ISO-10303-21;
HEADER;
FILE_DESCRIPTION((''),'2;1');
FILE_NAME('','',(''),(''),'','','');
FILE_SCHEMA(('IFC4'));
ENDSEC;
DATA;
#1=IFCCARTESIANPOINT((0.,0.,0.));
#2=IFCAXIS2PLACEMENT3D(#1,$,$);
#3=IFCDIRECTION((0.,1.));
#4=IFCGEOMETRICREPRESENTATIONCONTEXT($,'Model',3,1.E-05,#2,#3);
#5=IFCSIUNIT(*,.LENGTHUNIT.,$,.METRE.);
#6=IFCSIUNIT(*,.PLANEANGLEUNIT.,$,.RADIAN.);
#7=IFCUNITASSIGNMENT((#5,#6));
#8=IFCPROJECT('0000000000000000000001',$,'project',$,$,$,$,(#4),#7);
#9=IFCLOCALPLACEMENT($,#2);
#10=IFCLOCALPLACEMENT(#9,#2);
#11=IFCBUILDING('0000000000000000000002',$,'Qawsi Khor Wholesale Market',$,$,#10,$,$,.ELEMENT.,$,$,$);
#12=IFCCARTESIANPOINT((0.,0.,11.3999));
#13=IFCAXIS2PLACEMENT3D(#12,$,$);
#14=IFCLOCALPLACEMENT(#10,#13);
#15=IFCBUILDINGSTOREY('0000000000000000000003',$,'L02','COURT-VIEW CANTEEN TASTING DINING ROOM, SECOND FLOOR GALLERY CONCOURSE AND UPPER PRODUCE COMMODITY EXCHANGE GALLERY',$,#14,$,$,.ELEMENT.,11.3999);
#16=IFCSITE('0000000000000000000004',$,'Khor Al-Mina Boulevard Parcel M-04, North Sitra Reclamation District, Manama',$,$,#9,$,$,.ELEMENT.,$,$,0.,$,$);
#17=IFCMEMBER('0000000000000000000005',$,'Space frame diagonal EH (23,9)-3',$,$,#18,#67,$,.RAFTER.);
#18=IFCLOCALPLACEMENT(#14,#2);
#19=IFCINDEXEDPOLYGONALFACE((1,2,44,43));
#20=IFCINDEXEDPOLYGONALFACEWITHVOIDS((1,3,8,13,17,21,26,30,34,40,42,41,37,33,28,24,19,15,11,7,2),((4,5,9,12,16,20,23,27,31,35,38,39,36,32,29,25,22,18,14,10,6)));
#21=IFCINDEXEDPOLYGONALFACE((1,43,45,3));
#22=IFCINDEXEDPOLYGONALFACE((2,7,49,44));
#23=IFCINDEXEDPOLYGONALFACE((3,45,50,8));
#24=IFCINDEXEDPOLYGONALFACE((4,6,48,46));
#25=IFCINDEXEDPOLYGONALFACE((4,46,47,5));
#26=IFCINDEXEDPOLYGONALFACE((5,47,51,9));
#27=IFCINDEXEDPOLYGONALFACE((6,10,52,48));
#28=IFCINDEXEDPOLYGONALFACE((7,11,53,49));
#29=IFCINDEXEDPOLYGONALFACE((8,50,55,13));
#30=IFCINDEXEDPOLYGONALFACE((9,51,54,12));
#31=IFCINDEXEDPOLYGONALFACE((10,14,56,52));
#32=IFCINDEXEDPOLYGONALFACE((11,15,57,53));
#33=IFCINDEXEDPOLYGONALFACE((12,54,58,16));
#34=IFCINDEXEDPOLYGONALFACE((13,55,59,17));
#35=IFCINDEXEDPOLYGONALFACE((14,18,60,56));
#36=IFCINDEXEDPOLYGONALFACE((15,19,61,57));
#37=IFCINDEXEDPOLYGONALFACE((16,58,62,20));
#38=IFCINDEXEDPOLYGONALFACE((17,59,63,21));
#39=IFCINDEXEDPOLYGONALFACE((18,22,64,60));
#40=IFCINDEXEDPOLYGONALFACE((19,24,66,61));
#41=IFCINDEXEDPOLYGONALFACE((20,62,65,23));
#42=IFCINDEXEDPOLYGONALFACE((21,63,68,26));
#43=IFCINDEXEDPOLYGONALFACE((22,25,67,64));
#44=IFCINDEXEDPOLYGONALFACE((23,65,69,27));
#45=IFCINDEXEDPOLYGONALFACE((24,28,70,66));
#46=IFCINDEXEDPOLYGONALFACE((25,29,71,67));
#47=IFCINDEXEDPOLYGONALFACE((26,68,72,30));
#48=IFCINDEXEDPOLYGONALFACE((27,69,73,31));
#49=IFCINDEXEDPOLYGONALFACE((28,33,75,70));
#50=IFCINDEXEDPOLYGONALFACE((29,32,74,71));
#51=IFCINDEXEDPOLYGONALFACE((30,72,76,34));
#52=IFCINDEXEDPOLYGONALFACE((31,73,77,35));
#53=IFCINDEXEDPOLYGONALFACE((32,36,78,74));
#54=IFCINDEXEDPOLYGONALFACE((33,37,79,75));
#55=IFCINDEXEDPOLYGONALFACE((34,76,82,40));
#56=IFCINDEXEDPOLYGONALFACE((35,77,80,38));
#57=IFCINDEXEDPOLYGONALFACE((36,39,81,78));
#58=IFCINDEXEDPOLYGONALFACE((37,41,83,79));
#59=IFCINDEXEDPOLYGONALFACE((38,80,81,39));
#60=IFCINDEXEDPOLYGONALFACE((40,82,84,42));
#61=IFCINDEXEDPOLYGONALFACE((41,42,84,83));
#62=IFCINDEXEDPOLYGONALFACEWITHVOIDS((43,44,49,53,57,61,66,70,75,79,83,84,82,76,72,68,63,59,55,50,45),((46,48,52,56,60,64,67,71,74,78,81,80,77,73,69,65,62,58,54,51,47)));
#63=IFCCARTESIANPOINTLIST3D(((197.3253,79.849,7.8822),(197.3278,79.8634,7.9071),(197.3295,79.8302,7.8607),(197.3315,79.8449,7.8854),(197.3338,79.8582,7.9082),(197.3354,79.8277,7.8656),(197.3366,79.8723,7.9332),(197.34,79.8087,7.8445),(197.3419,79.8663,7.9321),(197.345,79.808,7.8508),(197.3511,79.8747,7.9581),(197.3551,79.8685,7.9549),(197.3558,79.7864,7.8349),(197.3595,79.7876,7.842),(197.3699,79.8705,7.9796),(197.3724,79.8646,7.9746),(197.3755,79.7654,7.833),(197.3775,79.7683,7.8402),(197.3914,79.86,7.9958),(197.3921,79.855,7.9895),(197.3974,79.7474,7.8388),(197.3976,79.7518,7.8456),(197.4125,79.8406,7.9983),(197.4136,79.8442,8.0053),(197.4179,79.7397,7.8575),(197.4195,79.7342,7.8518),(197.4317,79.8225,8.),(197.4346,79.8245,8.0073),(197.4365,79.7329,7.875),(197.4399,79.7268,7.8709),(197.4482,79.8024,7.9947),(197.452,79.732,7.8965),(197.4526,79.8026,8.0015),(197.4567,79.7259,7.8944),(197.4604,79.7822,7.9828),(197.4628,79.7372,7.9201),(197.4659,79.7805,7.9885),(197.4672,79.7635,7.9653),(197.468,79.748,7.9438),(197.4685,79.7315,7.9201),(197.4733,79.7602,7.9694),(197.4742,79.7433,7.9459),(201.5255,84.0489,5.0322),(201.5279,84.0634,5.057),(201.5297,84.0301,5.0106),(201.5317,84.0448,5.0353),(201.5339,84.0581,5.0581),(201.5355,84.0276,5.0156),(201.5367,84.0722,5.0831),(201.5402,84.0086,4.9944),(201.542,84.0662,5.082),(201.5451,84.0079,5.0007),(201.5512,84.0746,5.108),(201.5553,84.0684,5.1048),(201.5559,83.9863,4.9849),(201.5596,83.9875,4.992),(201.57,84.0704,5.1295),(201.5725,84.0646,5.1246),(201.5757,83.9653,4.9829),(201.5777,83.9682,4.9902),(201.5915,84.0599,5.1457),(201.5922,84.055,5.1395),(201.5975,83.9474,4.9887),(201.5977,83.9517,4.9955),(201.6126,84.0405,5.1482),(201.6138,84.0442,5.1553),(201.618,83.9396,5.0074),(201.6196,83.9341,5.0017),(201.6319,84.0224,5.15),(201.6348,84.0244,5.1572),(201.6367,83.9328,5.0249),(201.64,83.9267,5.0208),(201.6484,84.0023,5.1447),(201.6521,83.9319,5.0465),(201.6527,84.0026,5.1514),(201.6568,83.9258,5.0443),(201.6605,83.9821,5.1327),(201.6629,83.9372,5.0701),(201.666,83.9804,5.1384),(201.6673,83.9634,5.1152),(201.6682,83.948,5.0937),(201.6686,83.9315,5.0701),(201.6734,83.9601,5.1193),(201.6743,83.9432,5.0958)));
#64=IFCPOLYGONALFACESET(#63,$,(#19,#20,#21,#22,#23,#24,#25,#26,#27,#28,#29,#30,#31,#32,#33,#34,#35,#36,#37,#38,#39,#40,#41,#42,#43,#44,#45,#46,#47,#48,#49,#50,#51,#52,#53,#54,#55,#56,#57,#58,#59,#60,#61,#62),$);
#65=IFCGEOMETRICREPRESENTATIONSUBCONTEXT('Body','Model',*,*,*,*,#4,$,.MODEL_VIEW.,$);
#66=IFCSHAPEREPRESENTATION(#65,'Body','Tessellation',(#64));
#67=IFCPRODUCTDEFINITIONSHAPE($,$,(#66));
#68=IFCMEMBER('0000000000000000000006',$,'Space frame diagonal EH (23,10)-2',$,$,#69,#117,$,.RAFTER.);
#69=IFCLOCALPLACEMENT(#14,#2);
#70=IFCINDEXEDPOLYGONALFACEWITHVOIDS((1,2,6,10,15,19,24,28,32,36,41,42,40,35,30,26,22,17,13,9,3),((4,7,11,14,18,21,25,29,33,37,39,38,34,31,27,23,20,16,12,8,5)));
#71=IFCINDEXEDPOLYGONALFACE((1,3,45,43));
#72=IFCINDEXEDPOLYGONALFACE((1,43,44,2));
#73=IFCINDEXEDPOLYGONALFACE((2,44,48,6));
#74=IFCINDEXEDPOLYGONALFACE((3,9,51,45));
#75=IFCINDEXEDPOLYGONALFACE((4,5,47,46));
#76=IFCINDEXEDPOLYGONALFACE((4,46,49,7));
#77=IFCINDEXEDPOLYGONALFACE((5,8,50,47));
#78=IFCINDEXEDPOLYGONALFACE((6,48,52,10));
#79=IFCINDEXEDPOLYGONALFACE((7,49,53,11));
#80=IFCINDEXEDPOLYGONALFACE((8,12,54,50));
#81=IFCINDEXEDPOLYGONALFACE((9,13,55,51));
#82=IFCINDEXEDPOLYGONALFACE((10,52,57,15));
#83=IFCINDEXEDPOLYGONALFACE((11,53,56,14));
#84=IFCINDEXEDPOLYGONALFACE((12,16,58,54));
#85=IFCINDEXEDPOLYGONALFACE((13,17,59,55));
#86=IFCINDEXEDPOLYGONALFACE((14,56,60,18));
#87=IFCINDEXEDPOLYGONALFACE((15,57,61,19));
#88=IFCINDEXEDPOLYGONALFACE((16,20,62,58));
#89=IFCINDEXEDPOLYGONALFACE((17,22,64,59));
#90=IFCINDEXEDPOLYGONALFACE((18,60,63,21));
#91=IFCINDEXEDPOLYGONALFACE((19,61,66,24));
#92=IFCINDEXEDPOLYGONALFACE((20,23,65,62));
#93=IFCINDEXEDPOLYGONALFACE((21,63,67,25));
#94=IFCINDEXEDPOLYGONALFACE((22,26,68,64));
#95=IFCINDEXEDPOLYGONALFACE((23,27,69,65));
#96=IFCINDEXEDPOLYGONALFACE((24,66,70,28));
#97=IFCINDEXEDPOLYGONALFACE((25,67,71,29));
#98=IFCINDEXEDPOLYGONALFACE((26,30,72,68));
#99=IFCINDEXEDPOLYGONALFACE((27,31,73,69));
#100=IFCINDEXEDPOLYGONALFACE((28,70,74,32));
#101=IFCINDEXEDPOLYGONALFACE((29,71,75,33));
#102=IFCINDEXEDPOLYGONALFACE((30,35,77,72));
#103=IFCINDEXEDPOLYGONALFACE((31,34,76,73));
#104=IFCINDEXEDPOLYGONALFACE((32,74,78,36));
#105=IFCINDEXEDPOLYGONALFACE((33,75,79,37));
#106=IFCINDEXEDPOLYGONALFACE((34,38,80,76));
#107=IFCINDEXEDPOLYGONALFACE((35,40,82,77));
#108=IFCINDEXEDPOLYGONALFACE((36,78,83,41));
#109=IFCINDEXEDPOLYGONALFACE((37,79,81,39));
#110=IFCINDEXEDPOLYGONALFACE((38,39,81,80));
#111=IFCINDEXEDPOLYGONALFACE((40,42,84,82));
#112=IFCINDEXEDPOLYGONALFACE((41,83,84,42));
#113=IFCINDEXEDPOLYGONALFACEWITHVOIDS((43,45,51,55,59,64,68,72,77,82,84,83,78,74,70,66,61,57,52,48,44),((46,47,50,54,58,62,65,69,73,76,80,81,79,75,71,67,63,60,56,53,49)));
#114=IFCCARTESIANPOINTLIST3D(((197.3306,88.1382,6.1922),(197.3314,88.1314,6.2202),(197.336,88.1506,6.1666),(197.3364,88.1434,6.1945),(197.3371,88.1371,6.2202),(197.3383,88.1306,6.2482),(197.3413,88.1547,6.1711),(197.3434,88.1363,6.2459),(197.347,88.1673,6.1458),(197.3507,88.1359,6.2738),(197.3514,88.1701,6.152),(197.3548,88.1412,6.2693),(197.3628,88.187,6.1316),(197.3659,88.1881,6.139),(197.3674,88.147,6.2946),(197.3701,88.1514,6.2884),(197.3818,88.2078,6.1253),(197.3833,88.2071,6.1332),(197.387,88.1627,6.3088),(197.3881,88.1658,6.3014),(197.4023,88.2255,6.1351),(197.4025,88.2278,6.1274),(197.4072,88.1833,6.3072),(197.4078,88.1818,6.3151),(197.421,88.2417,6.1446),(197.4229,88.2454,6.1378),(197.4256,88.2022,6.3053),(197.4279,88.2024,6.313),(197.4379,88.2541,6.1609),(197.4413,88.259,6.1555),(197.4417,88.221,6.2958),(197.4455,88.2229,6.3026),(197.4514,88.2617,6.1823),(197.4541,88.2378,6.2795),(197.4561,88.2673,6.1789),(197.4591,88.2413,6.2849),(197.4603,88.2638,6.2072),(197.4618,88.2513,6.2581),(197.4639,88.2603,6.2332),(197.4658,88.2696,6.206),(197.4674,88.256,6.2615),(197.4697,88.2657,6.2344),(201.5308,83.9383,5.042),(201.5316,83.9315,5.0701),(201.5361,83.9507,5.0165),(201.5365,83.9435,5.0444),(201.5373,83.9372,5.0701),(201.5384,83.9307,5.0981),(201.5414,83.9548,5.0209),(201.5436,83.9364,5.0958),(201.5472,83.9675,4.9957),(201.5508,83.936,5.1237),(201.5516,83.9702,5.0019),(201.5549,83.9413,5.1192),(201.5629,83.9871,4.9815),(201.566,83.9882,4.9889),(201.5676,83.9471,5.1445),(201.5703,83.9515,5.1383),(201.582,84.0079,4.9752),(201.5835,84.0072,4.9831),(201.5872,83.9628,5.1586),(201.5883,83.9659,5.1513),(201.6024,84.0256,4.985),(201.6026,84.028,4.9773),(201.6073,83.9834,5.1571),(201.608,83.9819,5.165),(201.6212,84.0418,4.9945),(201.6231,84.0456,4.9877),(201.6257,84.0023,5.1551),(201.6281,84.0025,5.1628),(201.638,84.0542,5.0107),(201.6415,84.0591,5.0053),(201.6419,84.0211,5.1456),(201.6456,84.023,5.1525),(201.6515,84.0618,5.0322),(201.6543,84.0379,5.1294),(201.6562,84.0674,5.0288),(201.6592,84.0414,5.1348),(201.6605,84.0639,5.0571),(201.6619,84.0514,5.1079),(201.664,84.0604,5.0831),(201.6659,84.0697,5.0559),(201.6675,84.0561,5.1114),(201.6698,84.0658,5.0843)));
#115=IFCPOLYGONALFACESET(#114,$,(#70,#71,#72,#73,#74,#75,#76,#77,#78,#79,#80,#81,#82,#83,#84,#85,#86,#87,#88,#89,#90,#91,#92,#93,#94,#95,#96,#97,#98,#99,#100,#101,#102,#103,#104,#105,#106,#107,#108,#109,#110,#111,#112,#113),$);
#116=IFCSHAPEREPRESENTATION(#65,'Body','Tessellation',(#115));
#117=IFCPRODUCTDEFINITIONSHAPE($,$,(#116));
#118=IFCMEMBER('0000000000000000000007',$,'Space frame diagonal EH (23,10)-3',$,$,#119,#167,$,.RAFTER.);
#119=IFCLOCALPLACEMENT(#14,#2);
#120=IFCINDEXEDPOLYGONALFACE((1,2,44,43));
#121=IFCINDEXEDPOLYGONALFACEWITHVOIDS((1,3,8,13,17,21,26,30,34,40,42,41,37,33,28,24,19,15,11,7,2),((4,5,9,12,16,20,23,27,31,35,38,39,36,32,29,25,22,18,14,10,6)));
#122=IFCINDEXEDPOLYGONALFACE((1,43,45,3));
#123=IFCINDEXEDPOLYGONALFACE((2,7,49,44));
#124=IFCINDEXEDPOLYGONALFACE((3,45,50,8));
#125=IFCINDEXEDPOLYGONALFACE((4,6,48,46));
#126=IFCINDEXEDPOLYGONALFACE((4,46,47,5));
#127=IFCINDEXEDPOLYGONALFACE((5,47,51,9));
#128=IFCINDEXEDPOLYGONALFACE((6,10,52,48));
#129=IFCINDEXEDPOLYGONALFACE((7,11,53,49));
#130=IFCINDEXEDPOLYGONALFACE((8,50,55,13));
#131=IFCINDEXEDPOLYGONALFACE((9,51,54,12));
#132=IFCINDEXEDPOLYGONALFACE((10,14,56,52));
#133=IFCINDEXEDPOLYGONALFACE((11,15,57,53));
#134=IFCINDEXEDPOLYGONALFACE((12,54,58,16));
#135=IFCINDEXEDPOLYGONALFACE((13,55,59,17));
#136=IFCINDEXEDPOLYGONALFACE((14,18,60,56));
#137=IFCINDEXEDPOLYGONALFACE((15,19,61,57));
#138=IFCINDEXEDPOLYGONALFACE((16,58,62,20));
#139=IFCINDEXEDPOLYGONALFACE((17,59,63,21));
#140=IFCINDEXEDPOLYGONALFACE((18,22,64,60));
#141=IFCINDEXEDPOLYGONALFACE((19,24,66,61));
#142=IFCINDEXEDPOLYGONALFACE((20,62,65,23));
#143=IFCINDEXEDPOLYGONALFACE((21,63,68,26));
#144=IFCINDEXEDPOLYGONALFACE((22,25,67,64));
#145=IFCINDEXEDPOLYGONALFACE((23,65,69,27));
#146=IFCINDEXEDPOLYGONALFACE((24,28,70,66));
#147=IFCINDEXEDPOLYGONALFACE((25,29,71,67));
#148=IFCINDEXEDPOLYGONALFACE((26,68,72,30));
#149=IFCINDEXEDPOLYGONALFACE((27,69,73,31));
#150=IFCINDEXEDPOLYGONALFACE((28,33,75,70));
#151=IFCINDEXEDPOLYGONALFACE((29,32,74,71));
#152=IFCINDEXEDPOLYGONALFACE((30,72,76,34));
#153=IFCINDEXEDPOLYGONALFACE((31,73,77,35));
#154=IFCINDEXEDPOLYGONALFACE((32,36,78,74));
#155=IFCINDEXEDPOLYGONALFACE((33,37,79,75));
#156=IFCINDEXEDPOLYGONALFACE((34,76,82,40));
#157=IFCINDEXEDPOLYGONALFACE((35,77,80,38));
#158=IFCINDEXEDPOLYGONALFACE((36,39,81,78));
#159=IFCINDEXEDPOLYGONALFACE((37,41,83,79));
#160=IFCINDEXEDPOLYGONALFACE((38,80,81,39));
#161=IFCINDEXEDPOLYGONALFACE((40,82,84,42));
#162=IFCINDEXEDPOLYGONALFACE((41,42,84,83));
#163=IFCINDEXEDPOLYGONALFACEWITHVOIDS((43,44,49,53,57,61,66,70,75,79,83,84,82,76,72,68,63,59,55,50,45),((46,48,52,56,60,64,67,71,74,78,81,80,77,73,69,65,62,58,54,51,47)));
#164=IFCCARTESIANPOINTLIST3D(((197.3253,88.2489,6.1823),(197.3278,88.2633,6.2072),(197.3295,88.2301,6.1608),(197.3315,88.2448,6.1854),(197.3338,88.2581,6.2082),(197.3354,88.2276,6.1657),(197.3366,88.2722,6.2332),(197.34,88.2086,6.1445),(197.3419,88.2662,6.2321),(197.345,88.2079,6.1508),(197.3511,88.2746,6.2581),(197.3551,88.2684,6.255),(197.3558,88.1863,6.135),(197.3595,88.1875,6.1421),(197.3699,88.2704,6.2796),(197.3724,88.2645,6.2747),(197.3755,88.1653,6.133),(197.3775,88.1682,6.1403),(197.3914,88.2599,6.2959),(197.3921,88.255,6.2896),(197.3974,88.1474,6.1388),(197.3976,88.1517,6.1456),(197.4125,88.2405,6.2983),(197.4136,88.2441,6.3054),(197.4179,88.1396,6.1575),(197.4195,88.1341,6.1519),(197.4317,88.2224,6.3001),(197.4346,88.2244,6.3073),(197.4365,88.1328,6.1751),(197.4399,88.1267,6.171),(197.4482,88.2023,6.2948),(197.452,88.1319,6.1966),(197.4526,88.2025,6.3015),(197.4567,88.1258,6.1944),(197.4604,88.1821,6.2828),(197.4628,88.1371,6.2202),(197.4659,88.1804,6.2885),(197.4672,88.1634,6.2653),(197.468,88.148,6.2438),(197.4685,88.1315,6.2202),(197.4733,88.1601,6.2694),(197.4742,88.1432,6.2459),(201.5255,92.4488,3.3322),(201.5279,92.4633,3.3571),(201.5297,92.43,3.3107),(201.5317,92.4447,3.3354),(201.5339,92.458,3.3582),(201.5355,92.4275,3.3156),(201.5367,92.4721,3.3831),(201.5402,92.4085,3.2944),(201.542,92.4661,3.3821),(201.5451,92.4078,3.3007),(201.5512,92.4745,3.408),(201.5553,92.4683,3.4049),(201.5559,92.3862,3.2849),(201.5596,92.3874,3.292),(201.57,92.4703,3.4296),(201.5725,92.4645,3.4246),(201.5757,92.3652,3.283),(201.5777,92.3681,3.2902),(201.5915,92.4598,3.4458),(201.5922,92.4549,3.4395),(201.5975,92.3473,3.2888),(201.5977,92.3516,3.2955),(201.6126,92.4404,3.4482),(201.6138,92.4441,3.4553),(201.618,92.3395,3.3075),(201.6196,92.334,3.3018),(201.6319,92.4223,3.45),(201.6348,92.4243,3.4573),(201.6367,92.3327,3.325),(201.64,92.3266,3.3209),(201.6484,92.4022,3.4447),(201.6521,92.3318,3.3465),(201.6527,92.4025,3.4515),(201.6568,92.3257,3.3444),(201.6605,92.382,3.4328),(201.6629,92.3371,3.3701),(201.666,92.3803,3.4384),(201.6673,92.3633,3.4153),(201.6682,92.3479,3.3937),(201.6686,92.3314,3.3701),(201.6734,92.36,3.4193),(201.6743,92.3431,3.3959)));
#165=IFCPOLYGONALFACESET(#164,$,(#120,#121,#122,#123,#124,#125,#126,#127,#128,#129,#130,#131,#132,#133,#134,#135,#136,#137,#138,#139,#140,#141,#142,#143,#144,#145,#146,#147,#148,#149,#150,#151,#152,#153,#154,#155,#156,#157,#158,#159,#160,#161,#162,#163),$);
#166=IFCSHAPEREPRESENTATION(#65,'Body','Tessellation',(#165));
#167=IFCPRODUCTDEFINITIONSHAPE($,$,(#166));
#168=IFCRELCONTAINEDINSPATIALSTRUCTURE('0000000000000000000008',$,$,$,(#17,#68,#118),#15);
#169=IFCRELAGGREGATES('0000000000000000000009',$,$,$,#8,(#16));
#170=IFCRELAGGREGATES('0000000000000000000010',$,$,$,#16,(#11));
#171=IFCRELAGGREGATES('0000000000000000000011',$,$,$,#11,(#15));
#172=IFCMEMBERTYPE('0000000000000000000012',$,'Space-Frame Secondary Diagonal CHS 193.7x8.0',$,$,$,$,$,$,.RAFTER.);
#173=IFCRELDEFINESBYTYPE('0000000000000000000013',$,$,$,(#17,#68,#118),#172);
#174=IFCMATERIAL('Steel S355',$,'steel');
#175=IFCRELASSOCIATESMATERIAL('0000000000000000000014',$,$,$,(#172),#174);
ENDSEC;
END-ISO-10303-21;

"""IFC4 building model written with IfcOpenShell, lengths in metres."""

from ifc_helpers import new_model, si_unit, direction, frame, origin, origin_2d, place, context, subcontext, project, spatial, hollow_circle, extrude, material, material_profile, profile_set, type_object, element, save


model = new_model("IFC4")

# Units and contexts
model_context = context("Model", 3, precision=1e-05, world=origin(), true_north=direction((0.0, 1.0)))
body_context = subcontext(model_context, "Body", "Model", "MODEL_VIEW")
ifc_project = project(units=[si_unit("LENGTHUNIT", "METRE"), si_unit("PLANEANGLEUNIT", "RADIAN")], contexts=[model_context])

# Site, building, storey
site_placement = place(None, origin())
site = spatial("IfcSite", under=ifc_project, at=site_placement, Name="Khor Al-Mina Boulevard Parcel M-04, North Sitra Reclamation District, Manama", CompositionType="ELEMENT", RefElevation=0.0)
building_placement = place(site_placement, origin())
building = spatial("IfcBuilding", under=site, at=building_placement, Name="Qawsi Khor Wholesale Market", CompositionType="ELEMENT")
storey_placement = place(building_placement, frame((0.0, 0.0, 11.3999)))
storey = spatial("IfcBuildingStorey", under=building, at=storey_placement, Name="L02", Description="COURT-VIEW CANTEEN TASTING DINING ROOM, SECOND FLOOR GALLERY CONCOURSE AND UPPER PRODUCE COMMODITY EXCHANGE GALLERY", CompositionType="ELEMENT", Elevation=11.3999)

# Members
ifc_material_1 = material(Name="Steel S355", Category="steel")
ifc_material_profile_1 = material_profile(ifc_material_1, hollow_circle(Radius=0.0969, WallThickness=0.0081, at=origin_2d()), Name="CHS 193.7x8.0")
ifc_profile_set_1 = profile_set([ifc_material_profile_1], Name="Steel S355")
member_type_1 = type_object("IfcMemberType", Name="Space-Frame Secondary Diagonal CHS 193.7x8.0", PredefinedType="RAFTER", material=ifc_profile_set_1)
member_1_placement = place(storey_placement, frame((201.6001, 84.0, 5.0701), z_axis=(-0.637534, -0.637497, 0.432607), x_axis=(0.707086, -0.707127, 0.0)))
element("IfcMember", 1, at=member_1_placement, inside=storey, type_object=member_type_1, Name="Space frame diagonal EH (23,9)-3", PredefinedType="RAFTER", context=body_context, shape_type="SweptSolid", body=[
    extrude(hollow_circle(Radius=0.0969, WallThickness=0.0081, at=origin_2d()), origin(), (0.0, 0.0, 1.0), 6.5881),
])
member_2_placement = place(storey_placement, frame((201.6001, 84.0, 5.0701), z_axis=(-0.694232, 0.694192, 0.190103), x_axis=(-0.707086, -0.707127, 0.0)))
element("IfcMember", 2, at=member_2_placement, inside=storey, type_object=member_type_1, Name="Space frame diagonal EH (23,10)-2", PredefinedType="RAFTER", context=body_context, shape_type="SweptSolid", body=[
    extrude(hollow_circle(Radius=0.0969, WallThickness=0.0081, at=origin_2d()), origin(), (0.0, 0.0, 1.0), 6.05),
])
member_3_placement = place(storey_placement, frame((201.6001, 92.3999, 3.3701), z_axis=(-0.637534, -0.637497, 0.432607), x_axis=(0.707086, -0.707127, 0.0)))
element("IfcMember", 3, at=member_3_placement, inside=storey, type_object=member_type_1, Name="Space frame diagonal EH (23,10)-3", PredefinedType="RAFTER", context=body_context, shape_type="SweptSolid", body=[
    extrude(hollow_circle(Radius=0.0969, WallThickness=0.0081, at=origin_2d()), origin(), (0.0, 0.0, 1.0), 6.5881),
])

save(model, "model.ifc")
